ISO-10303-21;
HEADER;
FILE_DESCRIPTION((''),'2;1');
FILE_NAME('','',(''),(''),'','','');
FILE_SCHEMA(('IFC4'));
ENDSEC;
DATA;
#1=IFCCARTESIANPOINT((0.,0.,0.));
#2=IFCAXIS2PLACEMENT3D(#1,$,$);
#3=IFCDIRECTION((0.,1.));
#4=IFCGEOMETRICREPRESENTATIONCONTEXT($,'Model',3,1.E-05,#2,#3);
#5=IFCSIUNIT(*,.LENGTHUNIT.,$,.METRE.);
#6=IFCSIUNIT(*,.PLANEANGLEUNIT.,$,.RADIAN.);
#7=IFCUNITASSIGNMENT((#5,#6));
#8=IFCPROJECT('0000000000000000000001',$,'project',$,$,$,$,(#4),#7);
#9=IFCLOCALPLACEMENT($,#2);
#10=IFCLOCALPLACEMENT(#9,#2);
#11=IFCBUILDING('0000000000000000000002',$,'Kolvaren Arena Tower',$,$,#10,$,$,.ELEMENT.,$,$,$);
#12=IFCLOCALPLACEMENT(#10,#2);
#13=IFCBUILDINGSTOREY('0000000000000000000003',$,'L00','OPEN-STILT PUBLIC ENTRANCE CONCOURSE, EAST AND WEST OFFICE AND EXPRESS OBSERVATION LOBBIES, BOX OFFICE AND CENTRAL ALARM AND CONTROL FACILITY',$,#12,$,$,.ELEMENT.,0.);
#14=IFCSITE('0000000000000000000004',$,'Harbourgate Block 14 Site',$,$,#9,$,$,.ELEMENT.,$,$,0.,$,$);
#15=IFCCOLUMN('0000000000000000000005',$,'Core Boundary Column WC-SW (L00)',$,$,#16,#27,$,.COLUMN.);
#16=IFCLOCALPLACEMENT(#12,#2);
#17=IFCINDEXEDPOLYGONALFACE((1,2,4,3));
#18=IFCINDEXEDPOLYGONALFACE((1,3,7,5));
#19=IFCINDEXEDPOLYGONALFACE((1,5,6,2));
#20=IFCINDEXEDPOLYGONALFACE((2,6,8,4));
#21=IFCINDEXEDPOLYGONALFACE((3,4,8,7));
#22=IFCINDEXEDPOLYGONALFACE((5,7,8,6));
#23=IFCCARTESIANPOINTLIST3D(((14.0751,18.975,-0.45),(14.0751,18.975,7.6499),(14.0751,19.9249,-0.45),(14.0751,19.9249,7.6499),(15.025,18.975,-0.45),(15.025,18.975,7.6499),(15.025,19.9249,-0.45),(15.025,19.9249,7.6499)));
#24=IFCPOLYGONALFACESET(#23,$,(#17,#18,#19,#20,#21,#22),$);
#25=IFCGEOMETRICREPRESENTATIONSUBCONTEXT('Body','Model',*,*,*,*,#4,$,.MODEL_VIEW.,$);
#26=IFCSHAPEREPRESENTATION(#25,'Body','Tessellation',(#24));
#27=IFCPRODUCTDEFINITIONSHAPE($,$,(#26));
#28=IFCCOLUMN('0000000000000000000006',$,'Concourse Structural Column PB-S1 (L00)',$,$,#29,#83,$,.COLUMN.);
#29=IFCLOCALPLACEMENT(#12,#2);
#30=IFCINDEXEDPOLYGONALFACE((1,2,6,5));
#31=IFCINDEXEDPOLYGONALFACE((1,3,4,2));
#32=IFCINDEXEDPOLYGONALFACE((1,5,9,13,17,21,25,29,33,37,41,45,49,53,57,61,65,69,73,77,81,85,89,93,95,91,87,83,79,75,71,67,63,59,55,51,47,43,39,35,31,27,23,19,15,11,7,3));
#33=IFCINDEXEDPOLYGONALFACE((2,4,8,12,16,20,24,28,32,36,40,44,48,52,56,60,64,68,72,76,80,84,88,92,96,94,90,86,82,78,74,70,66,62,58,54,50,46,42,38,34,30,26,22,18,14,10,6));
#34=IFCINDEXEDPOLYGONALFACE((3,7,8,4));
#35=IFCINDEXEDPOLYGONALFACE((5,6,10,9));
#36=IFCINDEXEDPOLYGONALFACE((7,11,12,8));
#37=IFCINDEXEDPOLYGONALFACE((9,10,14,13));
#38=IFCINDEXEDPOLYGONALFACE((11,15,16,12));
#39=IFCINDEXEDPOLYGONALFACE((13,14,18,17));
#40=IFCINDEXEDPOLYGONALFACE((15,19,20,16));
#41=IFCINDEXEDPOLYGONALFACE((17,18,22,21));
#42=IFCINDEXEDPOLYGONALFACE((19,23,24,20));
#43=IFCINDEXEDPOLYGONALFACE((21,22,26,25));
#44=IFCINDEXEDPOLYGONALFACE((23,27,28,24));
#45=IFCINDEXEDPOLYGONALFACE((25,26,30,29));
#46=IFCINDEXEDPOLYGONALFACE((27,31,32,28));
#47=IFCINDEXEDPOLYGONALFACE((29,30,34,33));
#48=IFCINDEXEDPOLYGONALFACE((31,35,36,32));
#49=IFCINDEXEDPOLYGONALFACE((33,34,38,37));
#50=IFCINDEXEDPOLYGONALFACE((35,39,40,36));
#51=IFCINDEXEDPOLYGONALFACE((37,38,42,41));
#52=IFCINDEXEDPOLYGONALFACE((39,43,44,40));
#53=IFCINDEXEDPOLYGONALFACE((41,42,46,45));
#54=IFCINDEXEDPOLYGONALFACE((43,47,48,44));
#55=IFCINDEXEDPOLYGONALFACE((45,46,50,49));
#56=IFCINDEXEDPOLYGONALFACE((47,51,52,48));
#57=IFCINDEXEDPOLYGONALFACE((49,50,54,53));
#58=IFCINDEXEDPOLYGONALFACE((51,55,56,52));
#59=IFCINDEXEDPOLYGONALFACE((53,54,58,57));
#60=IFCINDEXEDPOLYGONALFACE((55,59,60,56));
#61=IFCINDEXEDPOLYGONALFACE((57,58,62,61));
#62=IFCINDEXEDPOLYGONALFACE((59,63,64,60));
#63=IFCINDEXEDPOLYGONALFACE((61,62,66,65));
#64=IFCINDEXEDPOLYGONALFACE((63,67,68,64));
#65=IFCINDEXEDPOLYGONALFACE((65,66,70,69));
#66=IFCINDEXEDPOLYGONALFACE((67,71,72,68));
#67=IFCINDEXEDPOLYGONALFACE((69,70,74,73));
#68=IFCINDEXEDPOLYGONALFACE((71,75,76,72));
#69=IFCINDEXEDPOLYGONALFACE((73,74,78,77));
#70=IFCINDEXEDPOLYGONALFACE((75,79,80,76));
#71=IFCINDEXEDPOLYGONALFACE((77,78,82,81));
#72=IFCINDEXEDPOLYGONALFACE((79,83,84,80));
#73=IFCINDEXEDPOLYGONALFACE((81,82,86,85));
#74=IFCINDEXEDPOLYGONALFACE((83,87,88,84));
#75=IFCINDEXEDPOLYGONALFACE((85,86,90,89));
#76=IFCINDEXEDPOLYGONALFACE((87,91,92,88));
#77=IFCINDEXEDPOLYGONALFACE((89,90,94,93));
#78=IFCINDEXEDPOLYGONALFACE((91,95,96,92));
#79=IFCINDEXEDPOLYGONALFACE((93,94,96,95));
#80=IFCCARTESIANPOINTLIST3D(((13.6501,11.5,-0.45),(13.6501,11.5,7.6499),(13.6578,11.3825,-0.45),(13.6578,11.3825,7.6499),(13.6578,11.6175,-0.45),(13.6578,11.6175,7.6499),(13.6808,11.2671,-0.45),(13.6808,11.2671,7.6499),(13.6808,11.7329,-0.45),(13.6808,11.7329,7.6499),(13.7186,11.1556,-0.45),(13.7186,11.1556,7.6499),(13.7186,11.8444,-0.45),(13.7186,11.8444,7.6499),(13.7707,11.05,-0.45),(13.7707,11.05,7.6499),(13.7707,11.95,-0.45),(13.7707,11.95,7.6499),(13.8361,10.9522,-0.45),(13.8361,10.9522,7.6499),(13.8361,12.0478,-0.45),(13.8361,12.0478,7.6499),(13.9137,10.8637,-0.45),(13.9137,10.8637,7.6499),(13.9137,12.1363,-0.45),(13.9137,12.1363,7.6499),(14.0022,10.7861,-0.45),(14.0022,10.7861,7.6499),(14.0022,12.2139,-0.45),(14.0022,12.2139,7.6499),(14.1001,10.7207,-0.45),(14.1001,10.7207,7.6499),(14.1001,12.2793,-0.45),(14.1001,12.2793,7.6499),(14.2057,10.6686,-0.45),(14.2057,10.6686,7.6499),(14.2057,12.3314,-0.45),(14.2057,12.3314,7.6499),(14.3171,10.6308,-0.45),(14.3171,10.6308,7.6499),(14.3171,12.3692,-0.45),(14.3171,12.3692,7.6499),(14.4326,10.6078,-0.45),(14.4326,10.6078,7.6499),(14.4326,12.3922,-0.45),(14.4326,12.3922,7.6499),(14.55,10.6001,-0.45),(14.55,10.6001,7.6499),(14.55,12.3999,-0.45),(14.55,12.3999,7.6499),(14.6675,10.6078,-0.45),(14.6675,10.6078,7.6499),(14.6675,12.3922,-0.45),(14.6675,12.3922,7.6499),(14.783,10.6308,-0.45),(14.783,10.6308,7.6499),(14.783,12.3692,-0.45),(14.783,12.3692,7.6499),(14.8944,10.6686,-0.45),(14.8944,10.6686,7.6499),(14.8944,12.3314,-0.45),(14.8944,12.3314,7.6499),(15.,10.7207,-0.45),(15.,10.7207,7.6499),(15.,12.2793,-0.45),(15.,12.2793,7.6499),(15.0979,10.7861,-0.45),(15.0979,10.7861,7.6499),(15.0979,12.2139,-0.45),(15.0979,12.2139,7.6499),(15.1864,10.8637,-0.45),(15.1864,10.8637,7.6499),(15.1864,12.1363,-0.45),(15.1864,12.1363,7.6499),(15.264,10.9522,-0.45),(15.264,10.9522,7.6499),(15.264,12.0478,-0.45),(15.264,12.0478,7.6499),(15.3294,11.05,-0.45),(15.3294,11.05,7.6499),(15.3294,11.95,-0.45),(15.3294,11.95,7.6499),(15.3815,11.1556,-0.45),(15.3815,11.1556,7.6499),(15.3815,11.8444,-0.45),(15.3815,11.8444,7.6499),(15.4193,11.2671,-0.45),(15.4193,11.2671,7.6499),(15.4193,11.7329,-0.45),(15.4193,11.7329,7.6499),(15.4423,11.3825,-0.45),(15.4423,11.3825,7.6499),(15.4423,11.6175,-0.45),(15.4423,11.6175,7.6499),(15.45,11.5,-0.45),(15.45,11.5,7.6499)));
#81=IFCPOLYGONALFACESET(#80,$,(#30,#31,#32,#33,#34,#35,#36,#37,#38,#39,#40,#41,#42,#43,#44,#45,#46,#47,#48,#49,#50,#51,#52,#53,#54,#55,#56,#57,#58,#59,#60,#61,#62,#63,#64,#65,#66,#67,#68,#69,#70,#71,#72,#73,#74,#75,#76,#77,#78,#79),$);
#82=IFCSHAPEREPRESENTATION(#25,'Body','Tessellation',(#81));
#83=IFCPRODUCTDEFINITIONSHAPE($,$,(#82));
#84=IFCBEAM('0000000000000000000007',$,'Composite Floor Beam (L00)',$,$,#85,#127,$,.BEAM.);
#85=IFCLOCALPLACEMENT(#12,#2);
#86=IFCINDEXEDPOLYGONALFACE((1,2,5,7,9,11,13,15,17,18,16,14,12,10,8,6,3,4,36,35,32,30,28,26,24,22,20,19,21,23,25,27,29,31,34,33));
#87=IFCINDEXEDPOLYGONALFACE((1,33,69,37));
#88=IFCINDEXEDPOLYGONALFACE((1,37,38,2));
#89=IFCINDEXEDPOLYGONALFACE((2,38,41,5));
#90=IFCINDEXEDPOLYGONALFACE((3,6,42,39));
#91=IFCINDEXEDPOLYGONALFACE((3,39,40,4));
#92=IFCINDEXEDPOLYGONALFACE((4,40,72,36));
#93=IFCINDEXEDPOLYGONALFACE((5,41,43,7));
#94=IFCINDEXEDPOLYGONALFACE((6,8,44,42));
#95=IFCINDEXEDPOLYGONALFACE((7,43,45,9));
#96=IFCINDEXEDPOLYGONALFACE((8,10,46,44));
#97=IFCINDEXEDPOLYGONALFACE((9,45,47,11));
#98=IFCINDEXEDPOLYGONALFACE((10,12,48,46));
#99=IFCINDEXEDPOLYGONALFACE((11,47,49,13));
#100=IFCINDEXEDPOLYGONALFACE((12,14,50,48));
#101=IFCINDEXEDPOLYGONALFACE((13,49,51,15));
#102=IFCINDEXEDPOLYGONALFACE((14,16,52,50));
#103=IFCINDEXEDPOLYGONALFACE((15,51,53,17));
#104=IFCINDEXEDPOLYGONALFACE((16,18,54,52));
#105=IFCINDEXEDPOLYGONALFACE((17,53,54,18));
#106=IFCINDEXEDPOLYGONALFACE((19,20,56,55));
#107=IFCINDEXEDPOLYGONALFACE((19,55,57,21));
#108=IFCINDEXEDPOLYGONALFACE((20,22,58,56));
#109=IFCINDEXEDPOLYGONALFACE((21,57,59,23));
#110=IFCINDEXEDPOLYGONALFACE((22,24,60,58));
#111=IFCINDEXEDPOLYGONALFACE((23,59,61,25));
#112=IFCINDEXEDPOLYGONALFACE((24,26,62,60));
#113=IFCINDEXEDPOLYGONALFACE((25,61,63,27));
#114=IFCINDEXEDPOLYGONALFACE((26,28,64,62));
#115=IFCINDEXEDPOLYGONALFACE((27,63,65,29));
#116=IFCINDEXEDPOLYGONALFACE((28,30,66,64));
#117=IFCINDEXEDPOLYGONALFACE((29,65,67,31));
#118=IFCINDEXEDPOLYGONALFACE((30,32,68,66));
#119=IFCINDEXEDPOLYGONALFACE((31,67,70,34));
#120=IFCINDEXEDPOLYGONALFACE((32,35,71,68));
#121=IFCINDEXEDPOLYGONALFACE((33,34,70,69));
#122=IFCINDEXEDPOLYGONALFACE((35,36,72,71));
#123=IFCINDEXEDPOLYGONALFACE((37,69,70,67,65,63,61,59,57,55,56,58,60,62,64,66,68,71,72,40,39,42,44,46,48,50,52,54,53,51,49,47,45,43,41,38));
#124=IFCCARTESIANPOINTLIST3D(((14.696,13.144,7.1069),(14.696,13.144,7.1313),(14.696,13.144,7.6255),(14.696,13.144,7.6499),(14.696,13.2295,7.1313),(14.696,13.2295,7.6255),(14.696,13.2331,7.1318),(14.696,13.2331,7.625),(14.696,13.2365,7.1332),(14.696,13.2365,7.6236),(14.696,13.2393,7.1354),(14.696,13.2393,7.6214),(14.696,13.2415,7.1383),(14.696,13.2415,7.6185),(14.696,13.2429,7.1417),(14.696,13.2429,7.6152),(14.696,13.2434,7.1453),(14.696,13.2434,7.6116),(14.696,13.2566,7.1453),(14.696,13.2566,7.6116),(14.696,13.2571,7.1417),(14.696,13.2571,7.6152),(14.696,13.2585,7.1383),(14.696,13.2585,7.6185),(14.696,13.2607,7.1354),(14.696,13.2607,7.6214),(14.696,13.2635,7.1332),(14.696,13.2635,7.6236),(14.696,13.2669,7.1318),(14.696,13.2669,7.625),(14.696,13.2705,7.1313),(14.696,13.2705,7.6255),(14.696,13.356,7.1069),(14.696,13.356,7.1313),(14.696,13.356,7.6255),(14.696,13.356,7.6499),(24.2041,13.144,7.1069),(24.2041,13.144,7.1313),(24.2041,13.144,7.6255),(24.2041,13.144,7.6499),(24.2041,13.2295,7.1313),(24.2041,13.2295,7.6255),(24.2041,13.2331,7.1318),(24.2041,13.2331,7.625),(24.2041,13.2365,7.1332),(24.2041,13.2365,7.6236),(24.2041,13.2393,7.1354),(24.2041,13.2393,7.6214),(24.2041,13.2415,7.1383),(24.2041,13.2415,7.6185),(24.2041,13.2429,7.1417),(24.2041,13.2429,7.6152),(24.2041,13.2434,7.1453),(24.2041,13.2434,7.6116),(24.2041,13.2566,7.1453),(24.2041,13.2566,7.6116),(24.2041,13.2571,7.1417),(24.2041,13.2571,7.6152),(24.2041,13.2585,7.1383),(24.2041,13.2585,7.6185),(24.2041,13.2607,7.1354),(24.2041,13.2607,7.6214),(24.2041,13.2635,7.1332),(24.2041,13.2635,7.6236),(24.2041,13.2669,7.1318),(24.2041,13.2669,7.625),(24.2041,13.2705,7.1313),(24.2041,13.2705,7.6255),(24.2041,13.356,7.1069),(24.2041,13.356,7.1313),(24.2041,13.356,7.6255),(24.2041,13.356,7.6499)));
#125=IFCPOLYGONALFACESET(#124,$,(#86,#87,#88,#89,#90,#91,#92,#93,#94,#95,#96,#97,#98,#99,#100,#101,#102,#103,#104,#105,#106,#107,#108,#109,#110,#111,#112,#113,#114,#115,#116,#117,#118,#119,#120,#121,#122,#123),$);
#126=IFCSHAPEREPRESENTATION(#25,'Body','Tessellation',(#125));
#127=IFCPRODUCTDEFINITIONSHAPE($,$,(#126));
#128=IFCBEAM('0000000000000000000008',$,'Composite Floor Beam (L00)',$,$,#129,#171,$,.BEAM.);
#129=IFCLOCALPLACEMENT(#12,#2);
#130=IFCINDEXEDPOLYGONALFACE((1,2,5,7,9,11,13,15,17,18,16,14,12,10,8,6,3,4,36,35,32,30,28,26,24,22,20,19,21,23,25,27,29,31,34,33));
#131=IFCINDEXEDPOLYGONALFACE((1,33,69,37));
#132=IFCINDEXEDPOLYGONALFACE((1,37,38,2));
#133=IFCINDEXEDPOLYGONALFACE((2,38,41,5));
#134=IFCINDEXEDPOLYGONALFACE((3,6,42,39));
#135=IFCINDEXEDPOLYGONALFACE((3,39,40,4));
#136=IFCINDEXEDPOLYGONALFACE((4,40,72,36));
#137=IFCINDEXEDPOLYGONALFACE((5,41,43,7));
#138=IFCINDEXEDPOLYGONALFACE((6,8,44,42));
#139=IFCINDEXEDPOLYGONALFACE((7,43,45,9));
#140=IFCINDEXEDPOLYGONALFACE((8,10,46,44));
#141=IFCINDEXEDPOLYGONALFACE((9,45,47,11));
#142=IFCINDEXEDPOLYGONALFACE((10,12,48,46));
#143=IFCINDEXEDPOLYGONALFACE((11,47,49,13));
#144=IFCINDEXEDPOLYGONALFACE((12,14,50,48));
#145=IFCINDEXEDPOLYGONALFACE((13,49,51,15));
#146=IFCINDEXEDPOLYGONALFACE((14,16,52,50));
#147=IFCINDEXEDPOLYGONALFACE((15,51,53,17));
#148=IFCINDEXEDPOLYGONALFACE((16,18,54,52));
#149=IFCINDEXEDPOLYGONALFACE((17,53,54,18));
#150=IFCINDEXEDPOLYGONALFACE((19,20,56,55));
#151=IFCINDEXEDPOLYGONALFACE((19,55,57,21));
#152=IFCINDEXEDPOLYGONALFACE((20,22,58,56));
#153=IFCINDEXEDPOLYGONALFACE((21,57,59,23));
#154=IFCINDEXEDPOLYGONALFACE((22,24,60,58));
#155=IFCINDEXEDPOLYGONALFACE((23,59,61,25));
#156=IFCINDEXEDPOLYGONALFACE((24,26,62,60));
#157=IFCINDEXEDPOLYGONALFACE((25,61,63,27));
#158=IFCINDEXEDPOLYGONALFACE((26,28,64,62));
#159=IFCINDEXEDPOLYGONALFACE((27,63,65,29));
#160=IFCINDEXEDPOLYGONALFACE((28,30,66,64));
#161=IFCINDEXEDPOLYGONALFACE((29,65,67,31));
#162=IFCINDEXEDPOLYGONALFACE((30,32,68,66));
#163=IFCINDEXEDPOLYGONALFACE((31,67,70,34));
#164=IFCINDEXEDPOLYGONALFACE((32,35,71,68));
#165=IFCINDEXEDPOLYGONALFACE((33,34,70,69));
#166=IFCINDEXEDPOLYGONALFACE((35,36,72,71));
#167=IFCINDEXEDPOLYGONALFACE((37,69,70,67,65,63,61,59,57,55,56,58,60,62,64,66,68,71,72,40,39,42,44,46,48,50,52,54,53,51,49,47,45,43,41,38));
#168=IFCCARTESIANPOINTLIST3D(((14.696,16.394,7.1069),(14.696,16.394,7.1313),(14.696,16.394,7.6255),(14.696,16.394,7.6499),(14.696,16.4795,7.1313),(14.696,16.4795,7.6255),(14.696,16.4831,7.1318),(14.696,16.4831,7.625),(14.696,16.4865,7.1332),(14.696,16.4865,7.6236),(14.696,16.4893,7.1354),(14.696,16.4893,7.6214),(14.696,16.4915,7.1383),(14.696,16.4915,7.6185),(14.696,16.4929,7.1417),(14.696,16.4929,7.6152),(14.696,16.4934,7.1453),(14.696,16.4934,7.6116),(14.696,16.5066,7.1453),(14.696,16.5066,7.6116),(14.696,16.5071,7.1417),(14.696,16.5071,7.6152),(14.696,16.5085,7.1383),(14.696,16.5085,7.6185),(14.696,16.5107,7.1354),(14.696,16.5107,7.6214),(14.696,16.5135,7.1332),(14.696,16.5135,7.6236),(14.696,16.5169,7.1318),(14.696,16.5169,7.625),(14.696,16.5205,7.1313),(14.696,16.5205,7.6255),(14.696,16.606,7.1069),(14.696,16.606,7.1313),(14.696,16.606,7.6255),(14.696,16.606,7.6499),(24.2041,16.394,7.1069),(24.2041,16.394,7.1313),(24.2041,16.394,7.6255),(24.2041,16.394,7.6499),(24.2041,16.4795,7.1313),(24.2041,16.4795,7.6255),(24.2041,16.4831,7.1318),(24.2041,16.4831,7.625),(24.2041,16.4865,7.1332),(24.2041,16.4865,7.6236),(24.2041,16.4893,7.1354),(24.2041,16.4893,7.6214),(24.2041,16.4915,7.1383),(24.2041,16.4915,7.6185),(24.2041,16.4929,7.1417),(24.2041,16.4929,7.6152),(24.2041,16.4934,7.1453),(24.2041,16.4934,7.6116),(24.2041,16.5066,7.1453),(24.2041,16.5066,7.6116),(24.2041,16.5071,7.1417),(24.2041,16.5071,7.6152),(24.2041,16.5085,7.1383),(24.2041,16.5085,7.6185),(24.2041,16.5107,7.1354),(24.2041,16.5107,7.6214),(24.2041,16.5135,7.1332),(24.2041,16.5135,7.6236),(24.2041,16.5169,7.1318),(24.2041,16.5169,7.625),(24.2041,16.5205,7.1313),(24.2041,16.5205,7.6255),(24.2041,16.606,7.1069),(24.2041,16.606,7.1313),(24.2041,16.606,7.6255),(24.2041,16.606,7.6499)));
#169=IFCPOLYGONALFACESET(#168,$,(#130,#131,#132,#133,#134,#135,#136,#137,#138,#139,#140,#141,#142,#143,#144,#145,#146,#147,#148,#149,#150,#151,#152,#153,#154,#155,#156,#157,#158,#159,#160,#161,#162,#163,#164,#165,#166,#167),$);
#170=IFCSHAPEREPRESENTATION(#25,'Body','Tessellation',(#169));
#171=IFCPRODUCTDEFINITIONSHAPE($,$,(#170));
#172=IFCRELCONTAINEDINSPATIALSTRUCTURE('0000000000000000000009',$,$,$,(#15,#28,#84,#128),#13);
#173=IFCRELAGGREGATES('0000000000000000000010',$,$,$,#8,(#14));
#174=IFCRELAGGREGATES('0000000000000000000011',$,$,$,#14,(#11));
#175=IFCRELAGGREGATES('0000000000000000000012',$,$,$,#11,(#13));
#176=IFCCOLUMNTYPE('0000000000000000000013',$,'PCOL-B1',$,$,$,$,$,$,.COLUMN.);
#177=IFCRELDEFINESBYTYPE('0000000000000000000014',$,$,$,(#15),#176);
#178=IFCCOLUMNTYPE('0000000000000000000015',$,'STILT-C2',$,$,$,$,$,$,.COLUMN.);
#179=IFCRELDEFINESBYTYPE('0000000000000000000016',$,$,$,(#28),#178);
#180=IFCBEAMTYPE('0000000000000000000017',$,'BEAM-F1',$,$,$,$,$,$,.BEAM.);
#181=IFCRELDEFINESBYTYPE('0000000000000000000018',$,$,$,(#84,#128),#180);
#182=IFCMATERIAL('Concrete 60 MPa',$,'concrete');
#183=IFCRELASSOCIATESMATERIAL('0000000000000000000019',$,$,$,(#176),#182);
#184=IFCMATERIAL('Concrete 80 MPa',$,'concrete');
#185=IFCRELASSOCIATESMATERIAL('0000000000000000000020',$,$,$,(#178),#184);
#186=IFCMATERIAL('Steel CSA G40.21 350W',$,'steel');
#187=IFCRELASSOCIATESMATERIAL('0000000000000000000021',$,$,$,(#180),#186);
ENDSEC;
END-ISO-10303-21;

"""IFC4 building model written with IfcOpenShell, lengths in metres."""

from ifc_helpers import new_model, si_unit, direction, frame, origin, origin_2d, place, context, subcontext, project, spatial, rectangle, circle, i_section, extrude, material, material_profile, profile_set, type_object, element, save


model = new_model("IFC4")

# Units and contexts
model_context = context("Model", 3, precision=1e-05, world=origin(), true_north=direction((0.0, 1.0)))
body_context = subcontext(model_context, "Body", "Model", "MODEL_VIEW")
ifc_project = project(units=[si_unit("LENGTHUNIT", "METRE"), si_unit("PLANEANGLEUNIT", "RADIAN")], contexts=[model_context])

# Site, building, storey
site_placement = place(None, origin())
site = spatial("IfcSite", under=ifc_project, at=site_placement, Name="Harbourgate Block 14 Site", CompositionType="ELEMENT", RefElevation=0.0)
building_placement = place(site_placement, origin())
building = spatial("IfcBuilding", under=site, at=building_placement, Name="Kolvaren Arena Tower", CompositionType="ELEMENT")
storey_placement = place(building_placement, origin())
storey = spatial("IfcBuildingStorey", under=building, at=storey_placement, Name="L00", Description="OPEN-STILT PUBLIC ENTRANCE CONCOURSE, EAST AND WEST OFFICE AND EXPRESS OBSERVATION LOBBIES, BOX OFFICE AND CENTRAL ALARM AND CONTROL FACILITY", CompositionType="ELEMENT", Elevation=0.0)

# Columns
ifc_material_1 = material(Name="Concrete 60 MPa", Category="concrete")
ifc_material_profile_1 = material_profile(ifc_material_1, rectangle(XDim=0.95, YDim=0.95, at=origin_2d()), Name="RC-950x950")
ifc_profile_set_1 = profile_set([ifc_material_profile_1], Name="Concrete 60 MPa")
column_type_1 = type_object("IfcColumnType", Name="PCOL-B1", PredefinedType="COLUMN", material=ifc_profile_set_1)
column_1_placement = place(storey_placement, frame((14.55, 19.45, -0.45), z_axis=(0.0, 0.0, 1.0), x_axis=(1.0, 0.0, 0.0)))
element("IfcColumn", 1, at=column_1_placement, inside=storey, type_object=column_type_1, Name="Core Boundary Column WC-SW (L00)", PredefinedType="COLUMN", context=body_context, shape_type="SweptSolid", body=[
    extrude(rectangle(XDim=0.95, YDim=0.95, at=origin_2d()), origin(), (0.0, 0.0, 1.0), 8.0999),
])
ifc_material_2 = material(Name="Concrete 80 MPa", Category="concrete")
ifc_material_profile_2 = material_profile(ifc_material_2, circle(Radius=0.8999, at=origin_2d()), Name="RC-CIRC-1800")
ifc_profile_set_2 = profile_set([ifc_material_profile_2], Name="Concrete 80 MPa")
column_type_2 = type_object("IfcColumnType", Name="STILT-C2", PredefinedType="COLUMN", material=ifc_profile_set_2)
column_2_placement = place(storey_placement, frame((14.55, 11.5, -0.45), z_axis=(0.0, 0.0, 1.0), x_axis=(1.0, 0.0, 0.0)))
element("IfcColumn", 2, at=column_2_placement, inside=storey, type_object=column_type_2, Name="Concourse Structural Column PB-S1 (L00)", PredefinedType="COLUMN", context=body_context, shape_type="SweptSolid", body=[
    extrude(circle(Radius=0.8999, at=origin_2d()), origin(), (0.0, 0.0, 1.0), 8.0999),
])

# Beams
ifc_material_3 = material(Name="Steel CSA G40.21 350W", Category="steel")
ifc_material_profile_3 = material_profile(ifc_material_3, i_section(OverallWidth=0.2119, OverallDepth=0.543, WebThickness=0.0132, FlangeThickness=0.0244, FilletRadius=0.0139, at=origin_2d()), Name="W530x150")
ifc_profile_set_3 = profile_set([ifc_material_profile_3], Name="Steel CSA G40.21 350W")
beam_type_1 = type_object("IfcBeamType", Name="BEAM-F1", PredefinedType="BEAM", material=ifc_profile_set_3)
for number, where, z_axis, x_axis, name in (
    (3, (14.696, 13.25, 7.3784), (1.0, 0.0, 0.0), (0.0, 1.0, 0.0), "Composite Floor Beam (L00)"),
    (4, (14.696, 16.5, 7.3784), (1.0, 0.0, 0.0), (0.0, 1.0, 0.0), "Composite Floor Beam (L00)"),
):
    element("IfcBeam", number, at=place(storey_placement, frame(where, z_axis=z_axis, x_axis=x_axis)), inside=storey, type_object=beam_type_1, Name=name, PredefinedType="BEAM", context=body_context, shape_type="SweptSolid", body=[
        extrude(i_section(OverallWidth=0.2119, OverallDepth=0.543, WebThickness=0.0132, FlangeThickness=0.0244, FilletRadius=0.0139, at=origin_2d()), origin(), (0.0, 0.0, 1.0), 9.5081),
    ])

save(model, "model.ifc")
